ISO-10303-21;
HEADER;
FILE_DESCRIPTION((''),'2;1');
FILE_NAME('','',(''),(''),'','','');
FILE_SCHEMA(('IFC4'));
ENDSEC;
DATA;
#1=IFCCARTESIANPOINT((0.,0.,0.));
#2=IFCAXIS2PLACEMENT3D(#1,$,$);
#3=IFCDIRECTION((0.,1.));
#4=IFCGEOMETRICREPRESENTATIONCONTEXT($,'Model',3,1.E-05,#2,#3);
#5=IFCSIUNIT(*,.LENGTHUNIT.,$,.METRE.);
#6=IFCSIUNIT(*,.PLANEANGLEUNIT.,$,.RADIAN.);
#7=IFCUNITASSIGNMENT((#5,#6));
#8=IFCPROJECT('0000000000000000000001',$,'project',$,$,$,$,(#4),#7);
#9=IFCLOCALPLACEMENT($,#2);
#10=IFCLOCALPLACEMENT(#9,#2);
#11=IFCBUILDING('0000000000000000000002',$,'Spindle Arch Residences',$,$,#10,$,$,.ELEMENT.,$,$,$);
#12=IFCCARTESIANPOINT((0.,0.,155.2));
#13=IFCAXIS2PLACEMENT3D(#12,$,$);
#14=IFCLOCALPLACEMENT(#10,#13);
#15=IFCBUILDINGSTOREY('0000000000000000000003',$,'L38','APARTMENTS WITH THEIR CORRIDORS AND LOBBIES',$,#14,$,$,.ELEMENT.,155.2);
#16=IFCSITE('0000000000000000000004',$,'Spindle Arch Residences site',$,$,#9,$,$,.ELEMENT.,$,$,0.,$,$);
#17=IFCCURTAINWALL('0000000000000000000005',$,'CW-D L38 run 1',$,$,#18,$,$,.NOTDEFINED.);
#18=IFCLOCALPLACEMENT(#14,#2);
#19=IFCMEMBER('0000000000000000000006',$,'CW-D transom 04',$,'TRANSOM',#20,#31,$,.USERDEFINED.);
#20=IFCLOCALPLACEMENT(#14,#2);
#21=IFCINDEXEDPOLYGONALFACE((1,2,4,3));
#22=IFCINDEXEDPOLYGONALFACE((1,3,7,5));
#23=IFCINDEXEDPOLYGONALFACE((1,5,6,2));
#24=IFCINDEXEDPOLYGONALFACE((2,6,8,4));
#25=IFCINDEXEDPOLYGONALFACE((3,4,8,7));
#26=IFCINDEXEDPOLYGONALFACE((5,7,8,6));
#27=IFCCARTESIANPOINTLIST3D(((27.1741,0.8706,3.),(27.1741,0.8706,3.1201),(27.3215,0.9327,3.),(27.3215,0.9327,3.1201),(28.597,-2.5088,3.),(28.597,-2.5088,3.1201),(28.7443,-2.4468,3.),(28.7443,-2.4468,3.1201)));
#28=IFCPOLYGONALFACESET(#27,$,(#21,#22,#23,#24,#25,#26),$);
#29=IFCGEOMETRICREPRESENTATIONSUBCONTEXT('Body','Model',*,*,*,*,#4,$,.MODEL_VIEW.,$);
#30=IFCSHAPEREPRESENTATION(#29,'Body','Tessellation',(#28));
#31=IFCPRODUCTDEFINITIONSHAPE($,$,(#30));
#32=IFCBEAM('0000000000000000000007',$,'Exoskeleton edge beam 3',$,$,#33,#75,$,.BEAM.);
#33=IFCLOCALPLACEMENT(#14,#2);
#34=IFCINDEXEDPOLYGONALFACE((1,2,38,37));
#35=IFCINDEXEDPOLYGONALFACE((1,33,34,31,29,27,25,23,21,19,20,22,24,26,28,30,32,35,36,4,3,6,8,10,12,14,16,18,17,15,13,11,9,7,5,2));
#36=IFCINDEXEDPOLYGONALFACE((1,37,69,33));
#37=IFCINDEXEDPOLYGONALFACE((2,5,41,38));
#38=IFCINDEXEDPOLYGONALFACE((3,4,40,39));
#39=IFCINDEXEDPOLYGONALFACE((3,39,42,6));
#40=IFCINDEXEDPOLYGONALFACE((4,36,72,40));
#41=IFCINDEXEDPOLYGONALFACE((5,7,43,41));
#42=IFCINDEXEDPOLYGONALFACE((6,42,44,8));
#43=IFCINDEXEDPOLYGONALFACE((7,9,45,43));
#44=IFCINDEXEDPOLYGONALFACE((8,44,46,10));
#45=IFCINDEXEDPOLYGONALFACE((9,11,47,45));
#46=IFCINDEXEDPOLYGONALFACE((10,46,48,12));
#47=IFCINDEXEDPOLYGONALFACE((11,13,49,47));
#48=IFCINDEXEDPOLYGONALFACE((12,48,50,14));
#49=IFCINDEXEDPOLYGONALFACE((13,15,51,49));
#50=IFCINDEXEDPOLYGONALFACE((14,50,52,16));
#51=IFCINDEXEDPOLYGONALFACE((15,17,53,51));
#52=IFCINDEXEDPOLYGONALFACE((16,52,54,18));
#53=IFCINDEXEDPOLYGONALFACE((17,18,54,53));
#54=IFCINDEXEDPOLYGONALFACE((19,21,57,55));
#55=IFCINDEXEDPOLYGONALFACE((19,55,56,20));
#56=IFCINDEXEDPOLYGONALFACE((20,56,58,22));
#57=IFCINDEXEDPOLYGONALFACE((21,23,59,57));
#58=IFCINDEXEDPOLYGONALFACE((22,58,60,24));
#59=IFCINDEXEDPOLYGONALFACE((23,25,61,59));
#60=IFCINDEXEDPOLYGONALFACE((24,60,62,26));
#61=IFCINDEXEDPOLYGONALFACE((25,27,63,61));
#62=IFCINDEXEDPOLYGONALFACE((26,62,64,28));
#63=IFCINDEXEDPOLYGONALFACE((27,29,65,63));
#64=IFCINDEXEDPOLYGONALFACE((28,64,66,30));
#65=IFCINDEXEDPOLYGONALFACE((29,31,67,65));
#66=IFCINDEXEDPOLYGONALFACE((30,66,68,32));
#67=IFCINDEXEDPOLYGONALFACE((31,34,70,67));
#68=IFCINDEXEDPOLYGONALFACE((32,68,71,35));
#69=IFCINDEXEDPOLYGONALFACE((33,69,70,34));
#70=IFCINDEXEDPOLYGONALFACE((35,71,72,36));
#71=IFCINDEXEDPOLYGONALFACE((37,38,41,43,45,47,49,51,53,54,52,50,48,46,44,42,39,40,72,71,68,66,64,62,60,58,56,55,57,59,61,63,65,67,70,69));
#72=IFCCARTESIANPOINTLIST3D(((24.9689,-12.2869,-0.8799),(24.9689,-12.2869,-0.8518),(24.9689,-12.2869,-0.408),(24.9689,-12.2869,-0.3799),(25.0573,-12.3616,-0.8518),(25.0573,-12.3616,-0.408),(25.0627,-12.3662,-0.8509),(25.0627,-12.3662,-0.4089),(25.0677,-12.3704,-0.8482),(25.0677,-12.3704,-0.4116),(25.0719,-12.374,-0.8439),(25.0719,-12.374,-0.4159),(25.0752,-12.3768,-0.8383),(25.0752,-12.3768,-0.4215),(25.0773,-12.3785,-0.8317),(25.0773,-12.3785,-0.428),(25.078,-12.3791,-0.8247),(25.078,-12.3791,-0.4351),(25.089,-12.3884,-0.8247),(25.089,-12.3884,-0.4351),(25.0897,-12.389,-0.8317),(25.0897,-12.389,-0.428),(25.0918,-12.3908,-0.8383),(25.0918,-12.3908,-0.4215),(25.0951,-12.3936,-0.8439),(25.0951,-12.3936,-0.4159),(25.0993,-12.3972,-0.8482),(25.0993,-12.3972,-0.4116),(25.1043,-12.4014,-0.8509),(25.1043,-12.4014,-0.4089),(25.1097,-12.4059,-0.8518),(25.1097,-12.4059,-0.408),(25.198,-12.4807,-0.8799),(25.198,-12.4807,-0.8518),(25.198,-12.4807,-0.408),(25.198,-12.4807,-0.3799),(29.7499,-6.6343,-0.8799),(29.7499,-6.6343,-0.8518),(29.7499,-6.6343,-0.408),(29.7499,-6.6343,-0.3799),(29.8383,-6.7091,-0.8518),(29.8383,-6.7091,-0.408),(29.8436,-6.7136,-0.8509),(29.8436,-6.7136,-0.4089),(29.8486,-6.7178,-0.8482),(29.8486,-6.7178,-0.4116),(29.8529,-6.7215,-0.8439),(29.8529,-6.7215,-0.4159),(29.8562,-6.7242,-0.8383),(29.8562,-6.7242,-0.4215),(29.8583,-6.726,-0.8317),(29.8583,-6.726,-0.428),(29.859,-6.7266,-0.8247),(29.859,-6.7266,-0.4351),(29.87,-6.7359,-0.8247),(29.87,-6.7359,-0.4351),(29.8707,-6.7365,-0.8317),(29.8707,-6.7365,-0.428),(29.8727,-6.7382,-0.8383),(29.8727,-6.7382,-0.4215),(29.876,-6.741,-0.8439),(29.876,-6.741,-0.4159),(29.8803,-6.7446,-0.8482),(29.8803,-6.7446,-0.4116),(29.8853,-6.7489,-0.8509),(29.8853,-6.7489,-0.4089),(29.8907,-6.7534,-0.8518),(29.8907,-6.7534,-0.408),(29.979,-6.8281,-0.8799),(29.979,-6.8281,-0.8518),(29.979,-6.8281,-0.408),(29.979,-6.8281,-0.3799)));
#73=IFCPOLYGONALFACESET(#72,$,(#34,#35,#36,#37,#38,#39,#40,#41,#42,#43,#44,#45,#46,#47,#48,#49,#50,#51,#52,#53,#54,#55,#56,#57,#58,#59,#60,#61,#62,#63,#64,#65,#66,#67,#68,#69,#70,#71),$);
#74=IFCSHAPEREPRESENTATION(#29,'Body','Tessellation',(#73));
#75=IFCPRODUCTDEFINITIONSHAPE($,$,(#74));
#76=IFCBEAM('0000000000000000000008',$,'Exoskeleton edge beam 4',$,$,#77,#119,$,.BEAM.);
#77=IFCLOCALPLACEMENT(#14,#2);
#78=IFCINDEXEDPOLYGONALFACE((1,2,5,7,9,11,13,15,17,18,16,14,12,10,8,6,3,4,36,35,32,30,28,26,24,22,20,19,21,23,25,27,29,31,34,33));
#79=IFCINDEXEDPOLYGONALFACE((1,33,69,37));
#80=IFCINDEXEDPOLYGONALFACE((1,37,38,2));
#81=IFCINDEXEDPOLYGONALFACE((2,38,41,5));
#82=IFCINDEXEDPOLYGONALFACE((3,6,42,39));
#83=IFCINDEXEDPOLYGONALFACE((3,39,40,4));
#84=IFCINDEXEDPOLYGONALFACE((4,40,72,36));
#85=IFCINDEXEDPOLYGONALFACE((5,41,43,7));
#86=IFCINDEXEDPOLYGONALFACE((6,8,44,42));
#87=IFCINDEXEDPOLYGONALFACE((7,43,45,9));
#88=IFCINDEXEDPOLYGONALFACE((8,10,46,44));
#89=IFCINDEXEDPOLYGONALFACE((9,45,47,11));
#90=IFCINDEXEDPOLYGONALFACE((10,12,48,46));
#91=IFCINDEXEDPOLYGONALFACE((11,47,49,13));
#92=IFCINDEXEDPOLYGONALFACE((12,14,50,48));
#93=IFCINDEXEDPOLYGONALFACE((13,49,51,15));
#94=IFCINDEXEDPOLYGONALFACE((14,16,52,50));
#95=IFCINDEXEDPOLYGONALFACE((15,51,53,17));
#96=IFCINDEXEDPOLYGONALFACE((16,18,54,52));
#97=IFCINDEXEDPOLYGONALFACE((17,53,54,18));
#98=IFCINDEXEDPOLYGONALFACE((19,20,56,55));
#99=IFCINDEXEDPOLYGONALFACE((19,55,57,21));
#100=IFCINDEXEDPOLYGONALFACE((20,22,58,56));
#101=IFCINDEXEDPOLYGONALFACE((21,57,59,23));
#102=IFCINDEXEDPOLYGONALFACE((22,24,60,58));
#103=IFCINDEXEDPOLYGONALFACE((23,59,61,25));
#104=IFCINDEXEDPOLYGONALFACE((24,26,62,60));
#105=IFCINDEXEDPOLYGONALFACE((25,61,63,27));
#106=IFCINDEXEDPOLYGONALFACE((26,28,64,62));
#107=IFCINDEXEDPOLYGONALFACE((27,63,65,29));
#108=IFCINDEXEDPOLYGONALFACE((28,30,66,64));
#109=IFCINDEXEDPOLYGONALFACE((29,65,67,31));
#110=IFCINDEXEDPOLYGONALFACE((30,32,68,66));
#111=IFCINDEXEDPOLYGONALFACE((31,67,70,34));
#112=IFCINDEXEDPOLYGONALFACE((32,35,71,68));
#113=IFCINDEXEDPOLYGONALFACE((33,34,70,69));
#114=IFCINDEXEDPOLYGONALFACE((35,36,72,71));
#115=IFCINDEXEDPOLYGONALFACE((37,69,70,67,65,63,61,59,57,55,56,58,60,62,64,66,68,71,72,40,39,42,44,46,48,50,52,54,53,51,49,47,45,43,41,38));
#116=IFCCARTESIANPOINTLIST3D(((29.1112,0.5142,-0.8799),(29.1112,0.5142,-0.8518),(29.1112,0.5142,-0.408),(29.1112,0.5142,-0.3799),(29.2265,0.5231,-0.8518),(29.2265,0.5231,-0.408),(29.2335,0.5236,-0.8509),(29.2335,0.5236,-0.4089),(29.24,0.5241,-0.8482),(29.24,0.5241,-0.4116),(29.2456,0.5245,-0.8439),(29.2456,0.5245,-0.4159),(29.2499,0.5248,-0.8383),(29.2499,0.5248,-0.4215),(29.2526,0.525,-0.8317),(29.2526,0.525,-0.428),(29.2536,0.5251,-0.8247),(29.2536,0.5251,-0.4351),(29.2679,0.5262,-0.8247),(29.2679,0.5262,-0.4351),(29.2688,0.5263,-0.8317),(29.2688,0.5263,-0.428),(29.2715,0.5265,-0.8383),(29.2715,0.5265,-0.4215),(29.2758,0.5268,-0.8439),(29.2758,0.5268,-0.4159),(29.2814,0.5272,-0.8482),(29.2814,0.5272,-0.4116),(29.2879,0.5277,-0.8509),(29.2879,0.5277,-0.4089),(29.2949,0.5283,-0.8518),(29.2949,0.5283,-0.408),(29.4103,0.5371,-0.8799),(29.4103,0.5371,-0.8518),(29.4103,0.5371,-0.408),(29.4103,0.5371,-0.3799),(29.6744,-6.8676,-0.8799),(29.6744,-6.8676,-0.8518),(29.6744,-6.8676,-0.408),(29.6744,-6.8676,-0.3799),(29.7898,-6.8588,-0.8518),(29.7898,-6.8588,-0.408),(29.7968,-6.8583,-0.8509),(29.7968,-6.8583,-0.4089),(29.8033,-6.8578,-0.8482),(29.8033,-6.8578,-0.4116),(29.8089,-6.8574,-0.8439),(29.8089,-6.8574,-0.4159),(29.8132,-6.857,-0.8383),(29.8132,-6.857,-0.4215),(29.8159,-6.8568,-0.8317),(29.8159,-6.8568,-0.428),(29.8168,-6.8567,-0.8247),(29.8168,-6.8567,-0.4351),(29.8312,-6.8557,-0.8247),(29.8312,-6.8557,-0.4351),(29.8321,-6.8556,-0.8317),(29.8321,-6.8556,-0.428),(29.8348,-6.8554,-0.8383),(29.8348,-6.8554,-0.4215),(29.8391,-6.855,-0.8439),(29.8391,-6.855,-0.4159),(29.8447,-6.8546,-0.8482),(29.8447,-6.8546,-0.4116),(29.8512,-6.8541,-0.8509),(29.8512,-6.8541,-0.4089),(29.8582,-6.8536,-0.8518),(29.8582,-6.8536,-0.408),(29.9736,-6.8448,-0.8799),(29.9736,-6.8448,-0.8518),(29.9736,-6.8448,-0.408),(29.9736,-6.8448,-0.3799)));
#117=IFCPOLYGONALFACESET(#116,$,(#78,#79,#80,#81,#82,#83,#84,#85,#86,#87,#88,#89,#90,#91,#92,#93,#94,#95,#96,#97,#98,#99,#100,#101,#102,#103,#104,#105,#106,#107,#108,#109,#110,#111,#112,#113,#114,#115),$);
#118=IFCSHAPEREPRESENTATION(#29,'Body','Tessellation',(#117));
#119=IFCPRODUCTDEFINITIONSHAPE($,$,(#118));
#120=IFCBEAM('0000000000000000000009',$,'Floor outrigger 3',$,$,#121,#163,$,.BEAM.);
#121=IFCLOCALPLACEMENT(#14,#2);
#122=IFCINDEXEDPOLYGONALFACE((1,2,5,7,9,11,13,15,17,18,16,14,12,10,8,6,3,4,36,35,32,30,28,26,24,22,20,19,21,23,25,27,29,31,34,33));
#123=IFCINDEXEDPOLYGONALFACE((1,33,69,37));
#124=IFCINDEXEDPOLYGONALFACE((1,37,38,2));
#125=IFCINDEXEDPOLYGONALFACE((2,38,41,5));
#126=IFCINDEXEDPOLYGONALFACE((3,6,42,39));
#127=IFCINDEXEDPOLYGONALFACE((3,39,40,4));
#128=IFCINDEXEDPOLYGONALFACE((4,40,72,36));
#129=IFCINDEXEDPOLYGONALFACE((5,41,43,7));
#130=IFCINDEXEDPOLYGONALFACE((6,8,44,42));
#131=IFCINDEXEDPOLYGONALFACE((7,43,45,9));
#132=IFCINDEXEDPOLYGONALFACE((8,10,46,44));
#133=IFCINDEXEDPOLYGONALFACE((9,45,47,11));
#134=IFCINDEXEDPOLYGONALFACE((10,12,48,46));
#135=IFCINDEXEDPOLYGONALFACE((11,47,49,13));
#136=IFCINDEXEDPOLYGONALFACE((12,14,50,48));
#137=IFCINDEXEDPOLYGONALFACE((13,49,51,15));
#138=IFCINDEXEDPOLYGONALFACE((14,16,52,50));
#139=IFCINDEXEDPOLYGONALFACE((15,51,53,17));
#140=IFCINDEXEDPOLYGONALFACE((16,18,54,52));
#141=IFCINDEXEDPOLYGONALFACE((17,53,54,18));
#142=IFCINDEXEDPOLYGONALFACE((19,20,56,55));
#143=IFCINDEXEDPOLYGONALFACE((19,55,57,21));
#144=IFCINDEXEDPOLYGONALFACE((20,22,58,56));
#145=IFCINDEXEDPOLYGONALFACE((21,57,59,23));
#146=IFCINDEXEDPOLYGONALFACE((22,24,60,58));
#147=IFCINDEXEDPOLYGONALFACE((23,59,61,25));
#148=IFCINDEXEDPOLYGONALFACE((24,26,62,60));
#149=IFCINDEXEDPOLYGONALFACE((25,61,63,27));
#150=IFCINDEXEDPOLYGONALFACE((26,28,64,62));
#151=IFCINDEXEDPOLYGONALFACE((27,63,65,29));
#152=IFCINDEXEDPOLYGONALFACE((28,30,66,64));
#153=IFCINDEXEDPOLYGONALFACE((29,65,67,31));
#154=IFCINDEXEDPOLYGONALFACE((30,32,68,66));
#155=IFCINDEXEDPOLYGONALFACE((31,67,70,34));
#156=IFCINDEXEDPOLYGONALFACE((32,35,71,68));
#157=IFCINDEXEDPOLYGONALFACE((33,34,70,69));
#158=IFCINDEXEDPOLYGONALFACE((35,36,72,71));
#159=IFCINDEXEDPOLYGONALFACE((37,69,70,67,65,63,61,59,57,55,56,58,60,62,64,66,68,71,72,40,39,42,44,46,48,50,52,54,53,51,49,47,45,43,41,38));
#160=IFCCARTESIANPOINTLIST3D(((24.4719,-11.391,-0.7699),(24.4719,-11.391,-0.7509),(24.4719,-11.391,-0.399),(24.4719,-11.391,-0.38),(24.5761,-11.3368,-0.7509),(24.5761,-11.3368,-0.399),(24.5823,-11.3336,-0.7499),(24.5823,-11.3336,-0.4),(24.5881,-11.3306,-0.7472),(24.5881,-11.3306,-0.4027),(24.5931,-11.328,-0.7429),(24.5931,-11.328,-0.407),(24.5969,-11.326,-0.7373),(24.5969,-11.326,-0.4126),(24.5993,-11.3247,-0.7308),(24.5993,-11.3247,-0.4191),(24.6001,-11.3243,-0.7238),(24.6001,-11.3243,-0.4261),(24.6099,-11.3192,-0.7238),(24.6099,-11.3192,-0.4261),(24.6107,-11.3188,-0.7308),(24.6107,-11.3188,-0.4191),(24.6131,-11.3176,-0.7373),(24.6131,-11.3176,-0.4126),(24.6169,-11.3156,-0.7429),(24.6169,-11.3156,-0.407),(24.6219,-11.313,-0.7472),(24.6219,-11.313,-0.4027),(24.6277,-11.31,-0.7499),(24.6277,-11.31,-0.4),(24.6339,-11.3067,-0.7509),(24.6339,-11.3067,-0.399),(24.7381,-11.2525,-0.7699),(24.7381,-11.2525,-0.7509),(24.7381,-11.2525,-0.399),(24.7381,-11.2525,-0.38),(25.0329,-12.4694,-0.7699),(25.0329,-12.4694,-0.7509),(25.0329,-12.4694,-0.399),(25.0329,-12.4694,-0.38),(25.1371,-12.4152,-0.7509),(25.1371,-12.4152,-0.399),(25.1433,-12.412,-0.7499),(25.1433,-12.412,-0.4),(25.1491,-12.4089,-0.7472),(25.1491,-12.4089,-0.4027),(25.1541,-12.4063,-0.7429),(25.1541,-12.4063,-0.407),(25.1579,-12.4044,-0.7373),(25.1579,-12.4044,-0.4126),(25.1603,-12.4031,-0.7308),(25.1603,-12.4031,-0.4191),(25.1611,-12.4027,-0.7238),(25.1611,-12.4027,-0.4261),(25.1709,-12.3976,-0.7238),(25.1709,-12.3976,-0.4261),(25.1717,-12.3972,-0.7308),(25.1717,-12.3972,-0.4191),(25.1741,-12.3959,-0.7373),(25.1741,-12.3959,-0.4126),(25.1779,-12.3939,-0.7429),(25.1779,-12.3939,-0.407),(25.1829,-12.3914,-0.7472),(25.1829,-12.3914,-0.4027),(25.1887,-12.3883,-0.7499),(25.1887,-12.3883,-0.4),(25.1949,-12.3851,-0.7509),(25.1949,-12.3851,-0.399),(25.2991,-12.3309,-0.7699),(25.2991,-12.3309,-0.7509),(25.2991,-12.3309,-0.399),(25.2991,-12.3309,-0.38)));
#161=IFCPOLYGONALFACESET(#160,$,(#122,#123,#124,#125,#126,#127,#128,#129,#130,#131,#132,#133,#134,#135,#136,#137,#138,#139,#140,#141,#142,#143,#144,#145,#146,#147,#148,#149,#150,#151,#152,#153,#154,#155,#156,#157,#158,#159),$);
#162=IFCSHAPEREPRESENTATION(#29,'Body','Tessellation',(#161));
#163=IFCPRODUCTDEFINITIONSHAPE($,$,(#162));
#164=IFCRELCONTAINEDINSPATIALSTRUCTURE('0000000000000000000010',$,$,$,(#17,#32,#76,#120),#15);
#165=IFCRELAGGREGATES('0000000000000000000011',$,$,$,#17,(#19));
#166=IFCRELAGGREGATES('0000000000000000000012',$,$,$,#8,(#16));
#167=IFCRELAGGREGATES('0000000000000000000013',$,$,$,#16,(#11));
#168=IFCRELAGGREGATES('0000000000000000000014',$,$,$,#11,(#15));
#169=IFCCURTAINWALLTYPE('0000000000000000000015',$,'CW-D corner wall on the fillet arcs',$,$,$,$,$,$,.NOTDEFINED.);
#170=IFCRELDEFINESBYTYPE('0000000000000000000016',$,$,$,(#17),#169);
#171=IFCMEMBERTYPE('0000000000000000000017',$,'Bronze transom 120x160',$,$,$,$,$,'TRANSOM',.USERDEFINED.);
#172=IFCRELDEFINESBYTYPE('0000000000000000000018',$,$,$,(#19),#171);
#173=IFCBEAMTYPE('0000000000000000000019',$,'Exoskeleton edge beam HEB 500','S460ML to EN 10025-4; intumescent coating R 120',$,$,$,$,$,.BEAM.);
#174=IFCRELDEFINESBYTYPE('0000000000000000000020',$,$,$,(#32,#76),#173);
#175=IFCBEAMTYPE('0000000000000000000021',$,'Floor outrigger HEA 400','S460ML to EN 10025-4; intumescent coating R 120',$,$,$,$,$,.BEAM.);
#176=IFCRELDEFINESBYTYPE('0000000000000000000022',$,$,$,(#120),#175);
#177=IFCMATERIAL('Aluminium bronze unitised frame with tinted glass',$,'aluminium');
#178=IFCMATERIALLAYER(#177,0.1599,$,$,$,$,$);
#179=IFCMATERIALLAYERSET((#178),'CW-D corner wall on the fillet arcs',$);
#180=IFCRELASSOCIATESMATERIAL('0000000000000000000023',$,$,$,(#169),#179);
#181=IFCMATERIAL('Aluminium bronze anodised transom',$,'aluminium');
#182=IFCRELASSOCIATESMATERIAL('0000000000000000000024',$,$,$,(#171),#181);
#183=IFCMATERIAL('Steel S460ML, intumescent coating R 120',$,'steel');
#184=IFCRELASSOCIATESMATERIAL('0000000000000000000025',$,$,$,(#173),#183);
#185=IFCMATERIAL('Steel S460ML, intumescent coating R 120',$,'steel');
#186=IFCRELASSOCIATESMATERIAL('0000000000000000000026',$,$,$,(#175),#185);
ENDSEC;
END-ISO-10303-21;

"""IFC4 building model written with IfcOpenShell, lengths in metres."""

from ifc_helpers import new_model, si_unit, direction, frame, origin, origin_2d, place, context, subcontext, project, spatial, rectangle, i_section, extrude, material, layer, layer_set, material_profile, profile_set, type_object, element, aggregate, save


model = new_model("IFC4")

# Units and contexts
model_context = context("Model", 3, precision=1e-05, world=origin(), true_north=direction((0.0, 1.0)))
body_context = subcontext(model_context, "Body", "Model", "MODEL_VIEW")
ifc_project = project(units=[si_unit("LENGTHUNIT", "METRE"), si_unit("PLANEANGLEUNIT", "RADIAN")], contexts=[model_context])

# Site, building, storey
site_placement = place(None, origin())
site = spatial("IfcSite", under=ifc_project, at=site_placement, Name="Spindle Arch Residences site", CompositionType="ELEMENT", RefElevation=0.0)
building_placement = place(site_placement, origin())
building = spatial("IfcBuilding", under=site, at=building_placement, Name="Spindle Arch Residences", CompositionType="ELEMENT")
storey_placement = place(building_placement, frame((0.0, 0.0, 155.2)))
storey = spatial("IfcBuildingStorey", under=building, at=storey_placement, Name="L38", Description="APARTMENTS WITH THEIR CORRIDORS AND LOBBIES", CompositionType="ELEMENT", Elevation=155.2)

# Curtain wall, member
ifc_material_1 = material(Name="Aluminium bronze unitised frame with tinted glass", Category="aluminium")
ifc_layer_1 = layer(ifc_material_1, 0.1599)
ifc_layer_set_1 = layer_set([ifc_layer_1], Name="CW-D corner wall on the fillet arcs")
curtain_wall_type = type_object("IfcCurtainWallType", Name="CW-D corner wall on the fillet arcs", PredefinedType="NOTDEFINED", material=ifc_layer_set_1)
curtain_wall_placement = place(storey_placement, origin())
curtain_wall = element("IfcCurtainWall", 1, at=curtain_wall_placement, inside=storey, type_object=curtain_wall_type, Name="CW-D L38 run 1", PredefinedType="NOTDEFINED")
ifc_material_2 = material(Name="Aluminium bronze anodised transom", Category="aluminium")
ifc_material_profile_1 = material_profile(ifc_material_2, rectangle(XDim=0.1599, YDim=0.1201, at=origin_2d()), Name="TR 120x160")
ifc_profile_set_1 = profile_set([ifc_material_profile_1], Name="Aluminium bronze anodised transom")
member_type_1 = type_object("IfcMemberType", Name="Bronze transom 120x160", ElementType="TRANSOM", PredefinedType="USERDEFINED", material=ifc_profile_set_1)
member_1_placement = place(storey_placement, frame((28.6707, -2.4778, 3.0601), z_axis=(-0.388045, 0.92164, 0.0), x_axis=(-0.92164, -0.388045, 0.0)))
member_1 = element("IfcMember", 2, at=member_1_placement, type_object=member_type_1, Name="CW-D transom 04", ObjectType="TRANSOM", PredefinedType="USERDEFINED", context=body_context, shape_type="SweptSolid", body=[
    extrude(rectangle(XDim=0.1599, YDim=0.1201, at=origin_2d()), origin(), (0.0, 0.0, 1.0), 3.6667),
])

# Beams
ifc_material_3 = material(Name="Steel S460ML, intumescent coating R 120", Category="steel")
ifc_material_profile_2 = material_profile(ifc_material_3, i_section(OverallWidth=0.3, OverallDepth=0.5, WebThickness=0.0144, FlangeThickness=0.0281, FilletRadius=0.0271, at=origin_2d()), Name="HEB 500")
ifc_profile_set_2 = profile_set([ifc_material_profile_2], Name="Steel S460ML, intumescent coating R 120")
beam_type_1 = type_object("IfcBeamType", Name="Exoskeleton edge beam HEB 500", Description="S460ML to EN 10025-4; intumescent coating R 120", PredefinedType="BEAM", material=ifc_profile_set_2)
for number, where, z_axis, x_axis, name in (
    (3, (25.0835, -12.3838, -0.6299), (0.645788, 0.763516, 0.0), (-0.763516, 0.645788, 0.0), "Exoskeleton edge beam 3"),
    (4, (29.824, -6.8562, -0.6299), (-0.076079, 0.997102, 0.0), (-0.997102, -0.076079, 0.0), "Exoskeleton edge beam 4"),
):
    element("IfcBeam", number, at=place(storey_placement, frame(where, z_axis=z_axis, x_axis=x_axis)), inside=storey, type_object=beam_type_1, Name=name, PredefinedType="BEAM", context=body_context, shape_type="SweptSolid", body=[
        extrude(i_section(OverallWidth=0.3, OverallDepth=0.5, WebThickness=0.0144, FlangeThickness=0.0281, FilletRadius=0.0271, at=origin_2d()), origin(), (0.0, 0.0, 1.0), 7.4033),
    ])
ifc_material_4 = material(Name="Steel S460ML, intumescent coating R 120", Category="steel")
ifc_material_profile_3 = material_profile(ifc_material_4, i_section(OverallWidth=0.3, OverallDepth=0.3899, WebThickness=0.011, FlangeThickness=0.019, FilletRadius=0.0271, at=origin_2d()), Name="HEA 400")
ifc_profile_set_3 = profile_set([ifc_material_profile_3], Name="Steel S460ML, intumescent coating R 120")
beam_type_2 = type_object("IfcBeamType", Name="Floor outrigger HEA 400", Description="S460ML to EN 10025-4; intumescent coating R 120", PredefinedType="BEAM", material=ifc_profile_set_3)
beam_1_placement = place(storey_placement, frame((25.166, -12.4001, -0.575), z_axis=(-0.461536, 0.887121, 0.0), x_axis=(-0.887121, -0.461536, 0.0)))
element("IfcBeam", 5, at=beam_1_placement, inside=storey, type_object=beam_type_2, Name="Floor outrigger 3", PredefinedType="BEAM", context=body_context, shape_type="SweptSolid", body=[
    extrude(i_section(OverallWidth=0.3, OverallDepth=0.3899, WebThickness=0.011, FlangeThickness=0.019, FilletRadius=0.0271, at=origin_2d()), origin(), (0.0, 0.0, 1.0), 1.2156),
])

aggregate(curtain_wall, [member_1])

save(model, "model.ifc")
